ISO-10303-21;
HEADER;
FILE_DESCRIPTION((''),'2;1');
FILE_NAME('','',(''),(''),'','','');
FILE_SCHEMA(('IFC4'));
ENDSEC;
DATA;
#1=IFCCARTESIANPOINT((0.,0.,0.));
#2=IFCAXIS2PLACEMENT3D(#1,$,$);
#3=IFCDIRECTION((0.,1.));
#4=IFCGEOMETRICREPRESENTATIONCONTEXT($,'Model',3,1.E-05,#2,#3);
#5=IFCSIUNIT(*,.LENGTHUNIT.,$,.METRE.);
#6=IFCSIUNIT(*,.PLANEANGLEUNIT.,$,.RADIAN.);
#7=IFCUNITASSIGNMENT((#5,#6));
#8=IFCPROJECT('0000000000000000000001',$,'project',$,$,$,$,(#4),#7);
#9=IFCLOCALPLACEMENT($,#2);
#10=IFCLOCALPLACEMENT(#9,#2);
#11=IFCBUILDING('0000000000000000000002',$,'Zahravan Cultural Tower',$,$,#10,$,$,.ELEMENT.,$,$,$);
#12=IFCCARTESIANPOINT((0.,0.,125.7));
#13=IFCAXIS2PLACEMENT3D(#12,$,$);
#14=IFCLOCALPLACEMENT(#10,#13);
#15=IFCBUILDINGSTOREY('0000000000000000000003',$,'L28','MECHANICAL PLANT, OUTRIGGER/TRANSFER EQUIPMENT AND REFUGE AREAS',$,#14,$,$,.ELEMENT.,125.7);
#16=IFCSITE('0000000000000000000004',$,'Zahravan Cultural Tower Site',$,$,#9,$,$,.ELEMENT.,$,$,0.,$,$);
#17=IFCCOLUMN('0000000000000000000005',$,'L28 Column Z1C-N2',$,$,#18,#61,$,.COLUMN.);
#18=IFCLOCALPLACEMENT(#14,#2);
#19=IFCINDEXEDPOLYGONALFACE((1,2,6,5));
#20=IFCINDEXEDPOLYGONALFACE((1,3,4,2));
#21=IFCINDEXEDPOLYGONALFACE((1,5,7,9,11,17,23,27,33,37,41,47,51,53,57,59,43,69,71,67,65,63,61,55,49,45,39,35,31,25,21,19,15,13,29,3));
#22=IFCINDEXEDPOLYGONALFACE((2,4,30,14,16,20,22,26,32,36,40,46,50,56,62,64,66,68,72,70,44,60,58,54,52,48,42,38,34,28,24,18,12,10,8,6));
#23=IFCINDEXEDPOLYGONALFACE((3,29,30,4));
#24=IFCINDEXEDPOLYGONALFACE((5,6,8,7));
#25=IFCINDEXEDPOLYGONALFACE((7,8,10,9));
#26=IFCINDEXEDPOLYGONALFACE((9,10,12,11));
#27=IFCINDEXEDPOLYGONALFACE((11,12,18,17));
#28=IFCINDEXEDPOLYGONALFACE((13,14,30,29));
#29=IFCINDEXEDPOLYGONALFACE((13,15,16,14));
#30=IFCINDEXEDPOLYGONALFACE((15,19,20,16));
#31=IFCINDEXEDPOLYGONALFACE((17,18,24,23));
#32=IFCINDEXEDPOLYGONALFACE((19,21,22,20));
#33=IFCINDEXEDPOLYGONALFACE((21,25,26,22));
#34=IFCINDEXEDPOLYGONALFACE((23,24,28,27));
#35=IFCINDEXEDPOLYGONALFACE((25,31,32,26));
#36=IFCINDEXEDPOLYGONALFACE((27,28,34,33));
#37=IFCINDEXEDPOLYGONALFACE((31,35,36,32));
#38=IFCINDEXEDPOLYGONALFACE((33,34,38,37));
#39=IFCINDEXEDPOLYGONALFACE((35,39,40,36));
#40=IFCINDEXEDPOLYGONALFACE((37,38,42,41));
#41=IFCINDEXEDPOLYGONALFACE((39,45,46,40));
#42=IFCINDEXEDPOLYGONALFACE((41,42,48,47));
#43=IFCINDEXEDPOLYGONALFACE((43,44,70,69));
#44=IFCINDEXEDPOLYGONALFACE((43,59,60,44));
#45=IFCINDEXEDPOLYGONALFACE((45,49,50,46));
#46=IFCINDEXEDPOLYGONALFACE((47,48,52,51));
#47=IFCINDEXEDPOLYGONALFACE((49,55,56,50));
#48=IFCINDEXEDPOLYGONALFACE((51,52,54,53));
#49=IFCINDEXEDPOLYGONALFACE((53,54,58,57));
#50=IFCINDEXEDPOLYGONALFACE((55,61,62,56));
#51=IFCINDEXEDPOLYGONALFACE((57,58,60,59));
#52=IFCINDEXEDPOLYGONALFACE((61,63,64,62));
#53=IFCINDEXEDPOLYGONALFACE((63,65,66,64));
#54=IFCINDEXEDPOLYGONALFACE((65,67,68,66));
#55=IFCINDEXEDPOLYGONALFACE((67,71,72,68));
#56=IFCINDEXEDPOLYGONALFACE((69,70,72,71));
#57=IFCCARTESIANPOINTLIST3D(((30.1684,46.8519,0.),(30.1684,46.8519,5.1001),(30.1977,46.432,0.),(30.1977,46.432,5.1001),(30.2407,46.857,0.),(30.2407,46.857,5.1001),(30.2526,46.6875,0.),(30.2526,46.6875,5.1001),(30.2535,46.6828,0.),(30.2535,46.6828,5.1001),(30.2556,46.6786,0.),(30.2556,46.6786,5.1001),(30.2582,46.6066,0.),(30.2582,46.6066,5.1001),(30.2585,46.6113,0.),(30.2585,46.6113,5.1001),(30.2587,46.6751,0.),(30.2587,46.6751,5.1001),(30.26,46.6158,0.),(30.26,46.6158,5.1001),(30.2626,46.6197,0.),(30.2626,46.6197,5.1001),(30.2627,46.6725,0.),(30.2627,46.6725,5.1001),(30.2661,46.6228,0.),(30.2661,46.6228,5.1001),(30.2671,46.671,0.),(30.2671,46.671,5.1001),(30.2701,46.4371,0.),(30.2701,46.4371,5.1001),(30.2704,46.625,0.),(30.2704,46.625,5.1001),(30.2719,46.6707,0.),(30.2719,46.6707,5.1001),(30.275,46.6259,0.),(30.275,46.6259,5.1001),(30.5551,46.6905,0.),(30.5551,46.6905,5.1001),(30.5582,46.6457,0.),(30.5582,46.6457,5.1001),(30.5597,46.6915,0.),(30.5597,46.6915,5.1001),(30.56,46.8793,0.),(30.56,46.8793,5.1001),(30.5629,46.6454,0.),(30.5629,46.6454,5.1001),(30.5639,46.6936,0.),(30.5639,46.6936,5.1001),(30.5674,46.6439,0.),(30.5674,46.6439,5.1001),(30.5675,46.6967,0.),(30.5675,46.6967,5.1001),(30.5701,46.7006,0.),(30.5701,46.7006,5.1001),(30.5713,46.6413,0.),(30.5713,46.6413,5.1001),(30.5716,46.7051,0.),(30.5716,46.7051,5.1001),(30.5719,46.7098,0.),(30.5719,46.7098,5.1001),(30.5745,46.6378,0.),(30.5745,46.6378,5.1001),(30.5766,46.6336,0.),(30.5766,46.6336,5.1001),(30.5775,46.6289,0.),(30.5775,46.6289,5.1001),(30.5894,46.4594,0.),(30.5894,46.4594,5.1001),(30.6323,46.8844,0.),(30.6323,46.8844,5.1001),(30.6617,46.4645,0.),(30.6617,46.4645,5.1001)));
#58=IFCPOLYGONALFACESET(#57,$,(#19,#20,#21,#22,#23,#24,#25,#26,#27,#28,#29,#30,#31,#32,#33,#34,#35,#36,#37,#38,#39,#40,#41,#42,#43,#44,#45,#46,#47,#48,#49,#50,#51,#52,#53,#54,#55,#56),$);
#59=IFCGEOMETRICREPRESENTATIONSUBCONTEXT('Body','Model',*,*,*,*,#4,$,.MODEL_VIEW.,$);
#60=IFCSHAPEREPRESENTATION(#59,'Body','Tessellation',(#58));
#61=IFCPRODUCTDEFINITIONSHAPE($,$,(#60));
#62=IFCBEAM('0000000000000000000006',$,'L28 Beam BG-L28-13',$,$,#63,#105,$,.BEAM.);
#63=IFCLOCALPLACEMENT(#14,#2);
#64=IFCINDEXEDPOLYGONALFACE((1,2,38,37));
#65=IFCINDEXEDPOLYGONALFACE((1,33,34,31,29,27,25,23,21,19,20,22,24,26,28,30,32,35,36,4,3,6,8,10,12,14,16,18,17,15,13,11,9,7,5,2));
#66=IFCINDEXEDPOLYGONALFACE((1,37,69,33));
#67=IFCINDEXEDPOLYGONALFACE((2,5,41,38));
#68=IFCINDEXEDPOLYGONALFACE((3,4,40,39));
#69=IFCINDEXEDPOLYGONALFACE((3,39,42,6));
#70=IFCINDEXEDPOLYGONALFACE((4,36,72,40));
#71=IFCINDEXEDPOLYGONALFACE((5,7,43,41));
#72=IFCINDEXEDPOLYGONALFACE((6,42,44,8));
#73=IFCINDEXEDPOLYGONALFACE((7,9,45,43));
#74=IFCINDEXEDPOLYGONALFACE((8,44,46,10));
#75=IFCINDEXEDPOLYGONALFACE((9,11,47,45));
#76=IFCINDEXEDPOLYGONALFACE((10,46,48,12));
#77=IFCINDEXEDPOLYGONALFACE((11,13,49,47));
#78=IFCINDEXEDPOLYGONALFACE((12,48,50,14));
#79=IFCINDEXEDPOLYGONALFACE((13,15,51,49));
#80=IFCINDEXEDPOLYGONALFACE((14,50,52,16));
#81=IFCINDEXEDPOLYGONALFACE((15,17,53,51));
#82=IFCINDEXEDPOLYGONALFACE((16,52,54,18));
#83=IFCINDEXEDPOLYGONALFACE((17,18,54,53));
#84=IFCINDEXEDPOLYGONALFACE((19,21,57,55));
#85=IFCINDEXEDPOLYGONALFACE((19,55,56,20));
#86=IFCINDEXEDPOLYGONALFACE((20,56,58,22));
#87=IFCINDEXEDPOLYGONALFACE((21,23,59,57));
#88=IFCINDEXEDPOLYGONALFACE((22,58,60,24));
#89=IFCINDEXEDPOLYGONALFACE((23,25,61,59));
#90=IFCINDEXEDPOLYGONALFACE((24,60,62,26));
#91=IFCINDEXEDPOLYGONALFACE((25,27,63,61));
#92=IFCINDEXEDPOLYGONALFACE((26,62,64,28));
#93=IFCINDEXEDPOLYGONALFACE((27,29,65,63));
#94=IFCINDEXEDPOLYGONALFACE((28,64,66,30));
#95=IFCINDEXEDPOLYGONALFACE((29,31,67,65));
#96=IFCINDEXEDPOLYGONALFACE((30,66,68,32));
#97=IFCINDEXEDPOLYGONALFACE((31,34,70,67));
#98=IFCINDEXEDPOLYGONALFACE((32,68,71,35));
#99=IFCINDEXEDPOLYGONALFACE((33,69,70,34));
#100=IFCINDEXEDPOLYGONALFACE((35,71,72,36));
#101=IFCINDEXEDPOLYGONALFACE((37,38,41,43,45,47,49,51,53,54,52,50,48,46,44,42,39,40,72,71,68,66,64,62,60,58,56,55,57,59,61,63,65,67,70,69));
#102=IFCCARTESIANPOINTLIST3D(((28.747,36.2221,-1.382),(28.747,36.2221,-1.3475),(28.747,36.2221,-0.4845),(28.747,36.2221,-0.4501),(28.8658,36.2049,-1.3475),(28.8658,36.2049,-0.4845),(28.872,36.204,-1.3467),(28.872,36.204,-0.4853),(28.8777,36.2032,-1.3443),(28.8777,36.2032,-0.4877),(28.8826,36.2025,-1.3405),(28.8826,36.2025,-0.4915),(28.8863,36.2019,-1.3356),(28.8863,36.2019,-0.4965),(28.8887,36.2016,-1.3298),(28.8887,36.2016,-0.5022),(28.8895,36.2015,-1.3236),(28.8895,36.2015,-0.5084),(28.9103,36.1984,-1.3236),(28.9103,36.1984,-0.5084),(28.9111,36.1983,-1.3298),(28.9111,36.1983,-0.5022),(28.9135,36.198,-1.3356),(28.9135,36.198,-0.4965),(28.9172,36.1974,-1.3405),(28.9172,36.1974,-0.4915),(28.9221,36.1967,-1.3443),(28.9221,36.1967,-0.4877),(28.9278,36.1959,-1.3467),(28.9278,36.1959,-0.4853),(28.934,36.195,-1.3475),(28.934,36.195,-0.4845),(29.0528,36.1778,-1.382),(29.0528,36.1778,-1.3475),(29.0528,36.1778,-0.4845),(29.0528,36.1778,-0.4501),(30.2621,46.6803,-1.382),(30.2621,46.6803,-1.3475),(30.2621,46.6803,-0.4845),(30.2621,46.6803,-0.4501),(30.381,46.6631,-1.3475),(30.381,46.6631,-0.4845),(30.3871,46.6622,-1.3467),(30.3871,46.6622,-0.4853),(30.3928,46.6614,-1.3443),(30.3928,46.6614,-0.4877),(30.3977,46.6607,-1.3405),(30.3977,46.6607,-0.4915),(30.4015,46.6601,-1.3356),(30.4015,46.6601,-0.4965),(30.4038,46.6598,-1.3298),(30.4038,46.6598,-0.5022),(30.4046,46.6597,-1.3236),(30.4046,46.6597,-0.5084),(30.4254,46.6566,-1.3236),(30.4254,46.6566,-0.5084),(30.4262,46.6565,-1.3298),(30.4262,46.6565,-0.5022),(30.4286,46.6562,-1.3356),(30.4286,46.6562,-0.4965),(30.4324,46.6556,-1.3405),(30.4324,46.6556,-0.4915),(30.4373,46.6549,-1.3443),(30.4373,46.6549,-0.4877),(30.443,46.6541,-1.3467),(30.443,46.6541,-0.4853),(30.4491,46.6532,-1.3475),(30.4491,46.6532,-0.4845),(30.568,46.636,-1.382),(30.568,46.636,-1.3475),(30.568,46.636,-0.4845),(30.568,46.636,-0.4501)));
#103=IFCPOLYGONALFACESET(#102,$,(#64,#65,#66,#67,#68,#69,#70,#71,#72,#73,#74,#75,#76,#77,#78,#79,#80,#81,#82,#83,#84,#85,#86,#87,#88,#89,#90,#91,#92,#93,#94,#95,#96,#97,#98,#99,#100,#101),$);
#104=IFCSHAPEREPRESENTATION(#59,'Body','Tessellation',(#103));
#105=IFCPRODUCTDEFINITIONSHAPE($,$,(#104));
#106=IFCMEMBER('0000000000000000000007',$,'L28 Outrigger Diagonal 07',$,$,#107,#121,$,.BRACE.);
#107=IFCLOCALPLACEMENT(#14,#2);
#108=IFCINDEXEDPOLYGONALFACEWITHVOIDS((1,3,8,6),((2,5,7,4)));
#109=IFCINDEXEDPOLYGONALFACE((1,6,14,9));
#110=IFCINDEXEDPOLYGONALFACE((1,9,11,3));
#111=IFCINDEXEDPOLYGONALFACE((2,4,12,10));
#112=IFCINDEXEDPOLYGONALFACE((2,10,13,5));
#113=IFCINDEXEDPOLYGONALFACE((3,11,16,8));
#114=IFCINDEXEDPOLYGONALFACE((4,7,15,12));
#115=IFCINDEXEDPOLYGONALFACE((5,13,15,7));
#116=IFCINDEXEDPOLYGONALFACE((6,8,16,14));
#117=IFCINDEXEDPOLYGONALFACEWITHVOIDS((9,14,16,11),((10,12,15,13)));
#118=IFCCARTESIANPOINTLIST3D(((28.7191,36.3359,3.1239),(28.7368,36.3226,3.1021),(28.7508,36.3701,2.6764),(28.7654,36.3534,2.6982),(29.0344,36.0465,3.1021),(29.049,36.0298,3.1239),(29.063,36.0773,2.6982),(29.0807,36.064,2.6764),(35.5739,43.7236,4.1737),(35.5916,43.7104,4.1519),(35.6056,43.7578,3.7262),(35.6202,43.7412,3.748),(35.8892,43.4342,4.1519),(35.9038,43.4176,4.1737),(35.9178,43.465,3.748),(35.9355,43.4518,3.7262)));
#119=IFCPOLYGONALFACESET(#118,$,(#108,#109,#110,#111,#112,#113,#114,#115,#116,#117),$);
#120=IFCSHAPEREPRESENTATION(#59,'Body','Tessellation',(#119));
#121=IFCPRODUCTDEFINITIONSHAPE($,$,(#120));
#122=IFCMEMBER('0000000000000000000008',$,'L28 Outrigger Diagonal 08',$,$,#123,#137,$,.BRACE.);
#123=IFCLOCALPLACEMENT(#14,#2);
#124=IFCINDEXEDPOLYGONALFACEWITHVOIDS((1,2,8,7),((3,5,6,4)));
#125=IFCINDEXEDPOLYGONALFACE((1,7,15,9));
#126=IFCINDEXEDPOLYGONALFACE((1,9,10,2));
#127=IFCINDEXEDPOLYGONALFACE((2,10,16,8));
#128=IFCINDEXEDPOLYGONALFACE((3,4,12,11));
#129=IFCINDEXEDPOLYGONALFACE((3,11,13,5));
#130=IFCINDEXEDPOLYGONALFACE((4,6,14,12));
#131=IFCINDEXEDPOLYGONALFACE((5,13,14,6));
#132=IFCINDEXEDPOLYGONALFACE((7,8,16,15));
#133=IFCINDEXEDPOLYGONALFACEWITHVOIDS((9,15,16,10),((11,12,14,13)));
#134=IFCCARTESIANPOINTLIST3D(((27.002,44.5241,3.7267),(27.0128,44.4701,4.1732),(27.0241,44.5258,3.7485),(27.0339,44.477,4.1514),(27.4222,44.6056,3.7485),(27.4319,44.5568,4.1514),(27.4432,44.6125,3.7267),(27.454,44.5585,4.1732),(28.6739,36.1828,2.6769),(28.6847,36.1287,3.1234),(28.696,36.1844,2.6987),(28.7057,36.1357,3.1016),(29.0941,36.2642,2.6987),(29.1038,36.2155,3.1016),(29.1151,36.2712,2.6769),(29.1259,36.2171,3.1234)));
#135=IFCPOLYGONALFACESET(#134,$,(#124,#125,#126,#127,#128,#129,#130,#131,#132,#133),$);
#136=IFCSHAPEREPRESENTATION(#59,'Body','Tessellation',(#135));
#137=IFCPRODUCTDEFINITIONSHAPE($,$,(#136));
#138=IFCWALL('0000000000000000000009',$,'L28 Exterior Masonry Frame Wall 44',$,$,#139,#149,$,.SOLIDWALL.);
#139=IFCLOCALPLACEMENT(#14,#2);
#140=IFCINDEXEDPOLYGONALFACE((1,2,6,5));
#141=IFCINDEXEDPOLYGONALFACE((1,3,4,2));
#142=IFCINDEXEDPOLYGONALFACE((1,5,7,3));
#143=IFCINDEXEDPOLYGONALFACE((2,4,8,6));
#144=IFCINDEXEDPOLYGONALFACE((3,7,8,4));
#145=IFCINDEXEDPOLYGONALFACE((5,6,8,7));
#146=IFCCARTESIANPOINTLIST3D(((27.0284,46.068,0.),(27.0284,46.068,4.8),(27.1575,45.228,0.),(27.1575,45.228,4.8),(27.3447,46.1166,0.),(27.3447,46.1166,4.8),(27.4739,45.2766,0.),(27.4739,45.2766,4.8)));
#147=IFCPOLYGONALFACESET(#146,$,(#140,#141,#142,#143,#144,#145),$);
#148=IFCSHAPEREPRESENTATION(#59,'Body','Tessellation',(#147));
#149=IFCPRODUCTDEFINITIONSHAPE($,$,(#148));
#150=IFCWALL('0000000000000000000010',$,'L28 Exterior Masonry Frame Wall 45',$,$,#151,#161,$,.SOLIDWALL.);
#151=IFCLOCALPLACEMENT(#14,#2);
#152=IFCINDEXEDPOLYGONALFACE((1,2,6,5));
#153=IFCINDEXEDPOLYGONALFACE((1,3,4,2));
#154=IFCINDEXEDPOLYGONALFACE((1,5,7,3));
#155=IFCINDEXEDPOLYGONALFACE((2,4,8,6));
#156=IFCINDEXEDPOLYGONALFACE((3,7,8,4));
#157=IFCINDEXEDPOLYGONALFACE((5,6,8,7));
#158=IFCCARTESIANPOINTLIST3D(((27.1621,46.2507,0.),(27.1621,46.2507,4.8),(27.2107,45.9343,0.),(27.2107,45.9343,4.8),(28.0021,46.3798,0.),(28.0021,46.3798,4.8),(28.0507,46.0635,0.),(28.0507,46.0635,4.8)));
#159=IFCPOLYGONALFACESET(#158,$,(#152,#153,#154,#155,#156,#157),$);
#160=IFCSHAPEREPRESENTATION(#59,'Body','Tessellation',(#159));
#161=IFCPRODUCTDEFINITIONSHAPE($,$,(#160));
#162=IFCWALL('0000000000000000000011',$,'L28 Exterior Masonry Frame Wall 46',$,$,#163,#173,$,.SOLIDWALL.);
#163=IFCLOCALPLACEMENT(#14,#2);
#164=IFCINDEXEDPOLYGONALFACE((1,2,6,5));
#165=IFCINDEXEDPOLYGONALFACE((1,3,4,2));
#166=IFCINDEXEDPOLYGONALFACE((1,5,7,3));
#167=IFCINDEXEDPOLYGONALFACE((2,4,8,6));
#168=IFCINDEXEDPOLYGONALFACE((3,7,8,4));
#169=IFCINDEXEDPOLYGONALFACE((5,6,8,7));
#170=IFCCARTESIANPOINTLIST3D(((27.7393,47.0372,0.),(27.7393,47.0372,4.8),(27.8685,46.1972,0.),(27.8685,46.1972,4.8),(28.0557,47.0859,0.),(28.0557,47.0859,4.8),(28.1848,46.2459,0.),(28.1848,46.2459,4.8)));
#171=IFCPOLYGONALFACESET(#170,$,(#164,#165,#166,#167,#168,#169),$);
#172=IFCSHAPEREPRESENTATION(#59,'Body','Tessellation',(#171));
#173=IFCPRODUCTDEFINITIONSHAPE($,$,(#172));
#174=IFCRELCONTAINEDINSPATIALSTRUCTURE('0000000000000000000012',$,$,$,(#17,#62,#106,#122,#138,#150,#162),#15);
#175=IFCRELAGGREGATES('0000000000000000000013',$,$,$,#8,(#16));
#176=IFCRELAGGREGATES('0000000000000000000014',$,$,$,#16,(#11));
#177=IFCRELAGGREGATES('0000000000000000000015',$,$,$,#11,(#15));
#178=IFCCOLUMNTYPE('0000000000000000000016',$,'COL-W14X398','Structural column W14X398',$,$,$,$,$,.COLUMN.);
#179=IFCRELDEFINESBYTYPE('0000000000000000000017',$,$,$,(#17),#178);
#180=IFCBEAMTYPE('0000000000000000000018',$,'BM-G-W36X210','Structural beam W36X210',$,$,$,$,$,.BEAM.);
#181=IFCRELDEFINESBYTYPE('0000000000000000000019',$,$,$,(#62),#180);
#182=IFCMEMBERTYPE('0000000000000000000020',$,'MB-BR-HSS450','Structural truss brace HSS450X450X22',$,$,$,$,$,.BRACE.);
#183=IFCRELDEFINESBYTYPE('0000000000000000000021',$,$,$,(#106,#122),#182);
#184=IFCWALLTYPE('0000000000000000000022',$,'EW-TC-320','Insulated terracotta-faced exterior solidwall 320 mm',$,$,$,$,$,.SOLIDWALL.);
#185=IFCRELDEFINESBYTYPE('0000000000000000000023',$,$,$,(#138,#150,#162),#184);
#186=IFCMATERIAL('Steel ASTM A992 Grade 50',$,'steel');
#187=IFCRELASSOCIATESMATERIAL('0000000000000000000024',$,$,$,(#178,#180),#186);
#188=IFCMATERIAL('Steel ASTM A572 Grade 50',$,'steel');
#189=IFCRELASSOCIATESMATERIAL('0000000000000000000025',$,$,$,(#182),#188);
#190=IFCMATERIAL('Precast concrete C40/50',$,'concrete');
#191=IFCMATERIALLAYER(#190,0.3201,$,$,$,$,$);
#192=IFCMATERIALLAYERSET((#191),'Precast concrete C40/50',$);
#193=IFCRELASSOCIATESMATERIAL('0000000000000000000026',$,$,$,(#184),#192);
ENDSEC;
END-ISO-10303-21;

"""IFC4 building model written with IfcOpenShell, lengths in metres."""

from ifc_helpers import new_model, si_unit, direction, frame, frame_2d, origin, origin_2d, place, context, subcontext, project, spatial, rectangle, hollow_rectangle, i_section, extrude, source, transform, mapped, material, layer, layer_set, material_profile, profile_set, type_object, element, save


model = new_model("IFC4")

# Units and contexts
model_context = context("Model", 3, precision=1e-05, world=origin(), true_north=direction((0.0, 1.0)))
body_context = subcontext(model_context, "Body", "Model", "MODEL_VIEW")
ifc_project = project(units=[si_unit("LENGTHUNIT", "METRE"), si_unit("PLANEANGLEUNIT", "RADIAN")], contexts=[model_context])

# Site, building, storey
site_placement = place(None, origin())
site = spatial("IfcSite", under=ifc_project, at=site_placement, Name="Zahravan Cultural Tower Site", CompositionType="ELEMENT", RefElevation=0.0)
building_placement = place(site_placement, origin())
building = spatial("IfcBuilding", under=site, at=building_placement, Name="Zahravan Cultural Tower", CompositionType="ELEMENT")
storey_placement = place(building_placement, frame((0.0, 0.0, 125.7)))
storey = spatial("IfcBuildingStorey", under=building, at=storey_placement, Name="L28", Description="MECHANICAL PLANT, OUTRIGGER/TRANSFER EQUIPMENT AND REFUGE AREAS", CompositionType="ELEMENT", Elevation=125.7)

# Column
ifc_material_1 = material(Name="Steel ASTM A992 Grade 50", Category="steel")
ifc_material_profile_1 = material_profile(ifc_material_1, i_section(OverallWidth=0.4209, OverallDepth=0.4651, WebThickness=0.0449, FlangeThickness=0.0725, FilletRadius=0.0181, at=origin_2d()), Name="W14X398")
ifc_profile_set_1 = profile_set([ifc_material_profile_1], Name="Steel ASTM A992 Grade 50")
column_type = type_object("IfcColumnType", Name="COL-W14X398", Description="Structural column W14X398", PredefinedType="COLUMN", material=ifc_profile_set_1)
shared_shape_1 = source(origin(), body_context, "Body", "SweptSolid", [
    extrude(i_section(OverallWidth=0.4209, OverallDepth=0.4651, WebThickness=0.0449, FlangeThickness=0.0725, FilletRadius=0.0181, at=origin_2d()), origin(), (0.0, 0.0, 1.0), 5.1001),
])
column_placement = place(storey_placement, frame((30.415, 46.6582, 0.0), z_axis=(0.0, 0.0, 1.0), x_axis=(-0.069756, 0.997564, 0.0)))
element("IfcColumn", 1, at=column_placement, inside=storey, type_object=column_type, Name="L28 Column Z1C-N2", PredefinedType="COLUMN", context=body_context, shape_type="MappedRepresentation", body=[
    mapped(shared_shape_1, transform((0.0, 0.0, 0.0), x_axis=(1.0, 0.0, 0.0), y_axis=(0.0, 1.0, 0.0), z_axis=(0.0, 0.0, 1.0), scale=1.0)),
])

# Beam
ifc_material_profile_2 = material_profile(ifc_material_1, i_section(OverallWidth=0.3091, OverallDepth=0.9319, WebThickness=0.021, FlangeThickness=0.0344, FilletRadius=0.0239, at=origin_2d()), Name="W36X210")
ifc_profile_set_2 = profile_set([ifc_material_profile_2], Name="Steel ASTM A992 Grade 50")
beam_type = type_object("IfcBeamType", Name="BM-G-W36X210", Description="Structural beam W36X210", PredefinedType="BEAM", material=ifc_profile_set_2)
shared_shape_2 = source(origin(), body_context, "Body", "SweptSolid", [
    extrude(i_section(OverallWidth=0.3091, OverallDepth=0.9319, WebThickness=0.021, FlangeThickness=0.0344, FilletRadius=0.0239, at=origin_2d()), origin(), (0.0, 0.0, 1.0), 10.5674),
])
beam_placement = place(storey_placement, frame((28.8999, 36.2, -0.916), z_axis=(0.143378, 0.989668, 0.0), x_axis=(-0.989668, 0.143378, 0.0)))
element("IfcBeam", 2, at=beam_placement, inside=storey, type_object=beam_type, Name="L28 Beam BG-L28-13", PredefinedType="BEAM", context=body_context, shape_type="MappedRepresentation", body=[
    mapped(shared_shape_2, transform((0.0, 0.0, 0.0), x_axis=(1.0, 0.0, 0.0), y_axis=(0.0, 1.0, 0.0), z_axis=(0.0, 0.0, 1.0), scale=1.0)),
])

# Members
ifc_material_2 = material(Name="Steel ASTM A572 Grade 50", Category="steel")
ifc_material_profile_3 = material_profile(ifc_material_2, hollow_rectangle(XDim=0.45, YDim=0.45, WallThickness=0.022, at=origin_2d()), Name="HSS450X450X22")
ifc_profile_set_3 = profile_set([ifc_material_profile_3], Name="Steel ASTM A572 Grade 50")
member_type = type_object("IfcMemberType", Name="MB-BR-HSS450", Description="Structural truss brace HSS450X450X22", PredefinedType="BRACE", material=ifc_profile_set_3)
shared_shape_3 = source(origin(), body_context, "Body", "SweptSolid", [
    extrude(hollow_rectangle(XDim=0.45, YDim=0.45, WallThickness=0.022, at=origin_2d()), origin(), (0.0, 0.0, 1.0), 10.1326),
])
member_1_placement = place(storey_placement, frame((28.8999, 36.2, 2.9001), z_axis=(0.67651, 0.729109, 0.103608), x_axis=(-0.733054, 0.68017, 0.0)))
element("IfcMember", 3, at=member_1_placement, inside=storey, type_object=member_type, Name="L28 Outrigger Diagonal 07", PredefinedType="BRACE", context=body_context, shape_type="MappedRepresentation", body=[
    mapped(shared_shape_3, transform((0.0, 0.0, 0.0), x_axis=(1.0, 0.0, 0.0), y_axis=(0.0, 1.0, 0.0), z_axis=(0.0, 0.0, 1.0), scale=1.0)),
])
shared_shape_4 = source(origin(), body_context, "Body", "SweptSolid", [
    extrude(hollow_rectangle(XDim=0.45, YDim=0.45, WallThickness=0.022, at=origin_2d()), origin(), (0.0, 0.0, 1.0), 8.5718),
])
member_2_placement = place(storey_placement, frame((28.8999, 36.2, 2.9001), z_axis=(-0.195045, 0.973118, 0.122473), x_axis=(-0.980499, -0.196525, 0.0)))
element("IfcMember", 4, at=member_2_placement, inside=storey, type_object=member_type, Name="L28 Outrigger Diagonal 08", PredefinedType="BRACE", context=body_context, shape_type="MappedRepresentation", body=[
    mapped(shared_shape_4, transform((0.0, 0.0, 0.0), x_axis=(1.0, 0.0, 0.0), y_axis=(0.0, 1.0, 0.0), z_axis=(0.0, 0.0, 1.0), scale=1.0)),
])

# Walls
ifc_material_3 = material(Name="Precast concrete C40/50", Category="concrete")
ifc_layer_1 = layer(ifc_material_3, 0.3201)
ifc_layer_set_1 = layer_set([ifc_layer_1], Name="Precast concrete C40/50")
wall_type_1 = type_object("IfcWallType", Name="EW-TC-320", Description="Insulated terracotta-faced exterior solidwall 320 mm", PredefinedType="SOLIDWALL", material=ifc_layer_set_1)
shared_shape_5 = source(origin(), body_context, "Body", "SweptSolid", [
    extrude(rectangle(XDim=0.8499, YDim=0.3201, at=frame_2d((0.4248, 0.0))), origin(), (0.0, 0.0, 1.0), 4.8),
])
for number, where, z_axis, x_axis, name in (
    (5, (27.3157, 45.2524, 0.0), (0.0, 0.0, 1.0), (-0.151949, 0.988388, 0.0), "L28 Exterior Masonry Frame Wall 44"),
    (6, (27.1865, 46.0925, 0.0), (0.0, 0.0, 1.0), (0.988388, 0.151949, 0.0), "L28 Exterior Masonry Frame Wall 45"),
    (7, (28.0266, 46.2217, 0.0), (0.0, 0.0, 1.0), (-0.151949, 0.988388, 0.0), "L28 Exterior Masonry Frame Wall 46"),
):
    element("IfcWall", number, at=place(storey_placement, frame(where, z_axis=z_axis, x_axis=x_axis)), inside=storey, type_object=wall_type_1, Name=name, PredefinedType="SOLIDWALL", context=body_context, shape_type="MappedRepresentation", body=[
        mapped(shared_shape_5, transform((0.0, 0.0, 0.0), x_axis=(1.0, 0.0, 0.0), y_axis=(0.0, 1.0, 0.0), z_axis=(0.0, 0.0, 1.0), scale=1.0)),
    ])

save(model, "model.ifc")
